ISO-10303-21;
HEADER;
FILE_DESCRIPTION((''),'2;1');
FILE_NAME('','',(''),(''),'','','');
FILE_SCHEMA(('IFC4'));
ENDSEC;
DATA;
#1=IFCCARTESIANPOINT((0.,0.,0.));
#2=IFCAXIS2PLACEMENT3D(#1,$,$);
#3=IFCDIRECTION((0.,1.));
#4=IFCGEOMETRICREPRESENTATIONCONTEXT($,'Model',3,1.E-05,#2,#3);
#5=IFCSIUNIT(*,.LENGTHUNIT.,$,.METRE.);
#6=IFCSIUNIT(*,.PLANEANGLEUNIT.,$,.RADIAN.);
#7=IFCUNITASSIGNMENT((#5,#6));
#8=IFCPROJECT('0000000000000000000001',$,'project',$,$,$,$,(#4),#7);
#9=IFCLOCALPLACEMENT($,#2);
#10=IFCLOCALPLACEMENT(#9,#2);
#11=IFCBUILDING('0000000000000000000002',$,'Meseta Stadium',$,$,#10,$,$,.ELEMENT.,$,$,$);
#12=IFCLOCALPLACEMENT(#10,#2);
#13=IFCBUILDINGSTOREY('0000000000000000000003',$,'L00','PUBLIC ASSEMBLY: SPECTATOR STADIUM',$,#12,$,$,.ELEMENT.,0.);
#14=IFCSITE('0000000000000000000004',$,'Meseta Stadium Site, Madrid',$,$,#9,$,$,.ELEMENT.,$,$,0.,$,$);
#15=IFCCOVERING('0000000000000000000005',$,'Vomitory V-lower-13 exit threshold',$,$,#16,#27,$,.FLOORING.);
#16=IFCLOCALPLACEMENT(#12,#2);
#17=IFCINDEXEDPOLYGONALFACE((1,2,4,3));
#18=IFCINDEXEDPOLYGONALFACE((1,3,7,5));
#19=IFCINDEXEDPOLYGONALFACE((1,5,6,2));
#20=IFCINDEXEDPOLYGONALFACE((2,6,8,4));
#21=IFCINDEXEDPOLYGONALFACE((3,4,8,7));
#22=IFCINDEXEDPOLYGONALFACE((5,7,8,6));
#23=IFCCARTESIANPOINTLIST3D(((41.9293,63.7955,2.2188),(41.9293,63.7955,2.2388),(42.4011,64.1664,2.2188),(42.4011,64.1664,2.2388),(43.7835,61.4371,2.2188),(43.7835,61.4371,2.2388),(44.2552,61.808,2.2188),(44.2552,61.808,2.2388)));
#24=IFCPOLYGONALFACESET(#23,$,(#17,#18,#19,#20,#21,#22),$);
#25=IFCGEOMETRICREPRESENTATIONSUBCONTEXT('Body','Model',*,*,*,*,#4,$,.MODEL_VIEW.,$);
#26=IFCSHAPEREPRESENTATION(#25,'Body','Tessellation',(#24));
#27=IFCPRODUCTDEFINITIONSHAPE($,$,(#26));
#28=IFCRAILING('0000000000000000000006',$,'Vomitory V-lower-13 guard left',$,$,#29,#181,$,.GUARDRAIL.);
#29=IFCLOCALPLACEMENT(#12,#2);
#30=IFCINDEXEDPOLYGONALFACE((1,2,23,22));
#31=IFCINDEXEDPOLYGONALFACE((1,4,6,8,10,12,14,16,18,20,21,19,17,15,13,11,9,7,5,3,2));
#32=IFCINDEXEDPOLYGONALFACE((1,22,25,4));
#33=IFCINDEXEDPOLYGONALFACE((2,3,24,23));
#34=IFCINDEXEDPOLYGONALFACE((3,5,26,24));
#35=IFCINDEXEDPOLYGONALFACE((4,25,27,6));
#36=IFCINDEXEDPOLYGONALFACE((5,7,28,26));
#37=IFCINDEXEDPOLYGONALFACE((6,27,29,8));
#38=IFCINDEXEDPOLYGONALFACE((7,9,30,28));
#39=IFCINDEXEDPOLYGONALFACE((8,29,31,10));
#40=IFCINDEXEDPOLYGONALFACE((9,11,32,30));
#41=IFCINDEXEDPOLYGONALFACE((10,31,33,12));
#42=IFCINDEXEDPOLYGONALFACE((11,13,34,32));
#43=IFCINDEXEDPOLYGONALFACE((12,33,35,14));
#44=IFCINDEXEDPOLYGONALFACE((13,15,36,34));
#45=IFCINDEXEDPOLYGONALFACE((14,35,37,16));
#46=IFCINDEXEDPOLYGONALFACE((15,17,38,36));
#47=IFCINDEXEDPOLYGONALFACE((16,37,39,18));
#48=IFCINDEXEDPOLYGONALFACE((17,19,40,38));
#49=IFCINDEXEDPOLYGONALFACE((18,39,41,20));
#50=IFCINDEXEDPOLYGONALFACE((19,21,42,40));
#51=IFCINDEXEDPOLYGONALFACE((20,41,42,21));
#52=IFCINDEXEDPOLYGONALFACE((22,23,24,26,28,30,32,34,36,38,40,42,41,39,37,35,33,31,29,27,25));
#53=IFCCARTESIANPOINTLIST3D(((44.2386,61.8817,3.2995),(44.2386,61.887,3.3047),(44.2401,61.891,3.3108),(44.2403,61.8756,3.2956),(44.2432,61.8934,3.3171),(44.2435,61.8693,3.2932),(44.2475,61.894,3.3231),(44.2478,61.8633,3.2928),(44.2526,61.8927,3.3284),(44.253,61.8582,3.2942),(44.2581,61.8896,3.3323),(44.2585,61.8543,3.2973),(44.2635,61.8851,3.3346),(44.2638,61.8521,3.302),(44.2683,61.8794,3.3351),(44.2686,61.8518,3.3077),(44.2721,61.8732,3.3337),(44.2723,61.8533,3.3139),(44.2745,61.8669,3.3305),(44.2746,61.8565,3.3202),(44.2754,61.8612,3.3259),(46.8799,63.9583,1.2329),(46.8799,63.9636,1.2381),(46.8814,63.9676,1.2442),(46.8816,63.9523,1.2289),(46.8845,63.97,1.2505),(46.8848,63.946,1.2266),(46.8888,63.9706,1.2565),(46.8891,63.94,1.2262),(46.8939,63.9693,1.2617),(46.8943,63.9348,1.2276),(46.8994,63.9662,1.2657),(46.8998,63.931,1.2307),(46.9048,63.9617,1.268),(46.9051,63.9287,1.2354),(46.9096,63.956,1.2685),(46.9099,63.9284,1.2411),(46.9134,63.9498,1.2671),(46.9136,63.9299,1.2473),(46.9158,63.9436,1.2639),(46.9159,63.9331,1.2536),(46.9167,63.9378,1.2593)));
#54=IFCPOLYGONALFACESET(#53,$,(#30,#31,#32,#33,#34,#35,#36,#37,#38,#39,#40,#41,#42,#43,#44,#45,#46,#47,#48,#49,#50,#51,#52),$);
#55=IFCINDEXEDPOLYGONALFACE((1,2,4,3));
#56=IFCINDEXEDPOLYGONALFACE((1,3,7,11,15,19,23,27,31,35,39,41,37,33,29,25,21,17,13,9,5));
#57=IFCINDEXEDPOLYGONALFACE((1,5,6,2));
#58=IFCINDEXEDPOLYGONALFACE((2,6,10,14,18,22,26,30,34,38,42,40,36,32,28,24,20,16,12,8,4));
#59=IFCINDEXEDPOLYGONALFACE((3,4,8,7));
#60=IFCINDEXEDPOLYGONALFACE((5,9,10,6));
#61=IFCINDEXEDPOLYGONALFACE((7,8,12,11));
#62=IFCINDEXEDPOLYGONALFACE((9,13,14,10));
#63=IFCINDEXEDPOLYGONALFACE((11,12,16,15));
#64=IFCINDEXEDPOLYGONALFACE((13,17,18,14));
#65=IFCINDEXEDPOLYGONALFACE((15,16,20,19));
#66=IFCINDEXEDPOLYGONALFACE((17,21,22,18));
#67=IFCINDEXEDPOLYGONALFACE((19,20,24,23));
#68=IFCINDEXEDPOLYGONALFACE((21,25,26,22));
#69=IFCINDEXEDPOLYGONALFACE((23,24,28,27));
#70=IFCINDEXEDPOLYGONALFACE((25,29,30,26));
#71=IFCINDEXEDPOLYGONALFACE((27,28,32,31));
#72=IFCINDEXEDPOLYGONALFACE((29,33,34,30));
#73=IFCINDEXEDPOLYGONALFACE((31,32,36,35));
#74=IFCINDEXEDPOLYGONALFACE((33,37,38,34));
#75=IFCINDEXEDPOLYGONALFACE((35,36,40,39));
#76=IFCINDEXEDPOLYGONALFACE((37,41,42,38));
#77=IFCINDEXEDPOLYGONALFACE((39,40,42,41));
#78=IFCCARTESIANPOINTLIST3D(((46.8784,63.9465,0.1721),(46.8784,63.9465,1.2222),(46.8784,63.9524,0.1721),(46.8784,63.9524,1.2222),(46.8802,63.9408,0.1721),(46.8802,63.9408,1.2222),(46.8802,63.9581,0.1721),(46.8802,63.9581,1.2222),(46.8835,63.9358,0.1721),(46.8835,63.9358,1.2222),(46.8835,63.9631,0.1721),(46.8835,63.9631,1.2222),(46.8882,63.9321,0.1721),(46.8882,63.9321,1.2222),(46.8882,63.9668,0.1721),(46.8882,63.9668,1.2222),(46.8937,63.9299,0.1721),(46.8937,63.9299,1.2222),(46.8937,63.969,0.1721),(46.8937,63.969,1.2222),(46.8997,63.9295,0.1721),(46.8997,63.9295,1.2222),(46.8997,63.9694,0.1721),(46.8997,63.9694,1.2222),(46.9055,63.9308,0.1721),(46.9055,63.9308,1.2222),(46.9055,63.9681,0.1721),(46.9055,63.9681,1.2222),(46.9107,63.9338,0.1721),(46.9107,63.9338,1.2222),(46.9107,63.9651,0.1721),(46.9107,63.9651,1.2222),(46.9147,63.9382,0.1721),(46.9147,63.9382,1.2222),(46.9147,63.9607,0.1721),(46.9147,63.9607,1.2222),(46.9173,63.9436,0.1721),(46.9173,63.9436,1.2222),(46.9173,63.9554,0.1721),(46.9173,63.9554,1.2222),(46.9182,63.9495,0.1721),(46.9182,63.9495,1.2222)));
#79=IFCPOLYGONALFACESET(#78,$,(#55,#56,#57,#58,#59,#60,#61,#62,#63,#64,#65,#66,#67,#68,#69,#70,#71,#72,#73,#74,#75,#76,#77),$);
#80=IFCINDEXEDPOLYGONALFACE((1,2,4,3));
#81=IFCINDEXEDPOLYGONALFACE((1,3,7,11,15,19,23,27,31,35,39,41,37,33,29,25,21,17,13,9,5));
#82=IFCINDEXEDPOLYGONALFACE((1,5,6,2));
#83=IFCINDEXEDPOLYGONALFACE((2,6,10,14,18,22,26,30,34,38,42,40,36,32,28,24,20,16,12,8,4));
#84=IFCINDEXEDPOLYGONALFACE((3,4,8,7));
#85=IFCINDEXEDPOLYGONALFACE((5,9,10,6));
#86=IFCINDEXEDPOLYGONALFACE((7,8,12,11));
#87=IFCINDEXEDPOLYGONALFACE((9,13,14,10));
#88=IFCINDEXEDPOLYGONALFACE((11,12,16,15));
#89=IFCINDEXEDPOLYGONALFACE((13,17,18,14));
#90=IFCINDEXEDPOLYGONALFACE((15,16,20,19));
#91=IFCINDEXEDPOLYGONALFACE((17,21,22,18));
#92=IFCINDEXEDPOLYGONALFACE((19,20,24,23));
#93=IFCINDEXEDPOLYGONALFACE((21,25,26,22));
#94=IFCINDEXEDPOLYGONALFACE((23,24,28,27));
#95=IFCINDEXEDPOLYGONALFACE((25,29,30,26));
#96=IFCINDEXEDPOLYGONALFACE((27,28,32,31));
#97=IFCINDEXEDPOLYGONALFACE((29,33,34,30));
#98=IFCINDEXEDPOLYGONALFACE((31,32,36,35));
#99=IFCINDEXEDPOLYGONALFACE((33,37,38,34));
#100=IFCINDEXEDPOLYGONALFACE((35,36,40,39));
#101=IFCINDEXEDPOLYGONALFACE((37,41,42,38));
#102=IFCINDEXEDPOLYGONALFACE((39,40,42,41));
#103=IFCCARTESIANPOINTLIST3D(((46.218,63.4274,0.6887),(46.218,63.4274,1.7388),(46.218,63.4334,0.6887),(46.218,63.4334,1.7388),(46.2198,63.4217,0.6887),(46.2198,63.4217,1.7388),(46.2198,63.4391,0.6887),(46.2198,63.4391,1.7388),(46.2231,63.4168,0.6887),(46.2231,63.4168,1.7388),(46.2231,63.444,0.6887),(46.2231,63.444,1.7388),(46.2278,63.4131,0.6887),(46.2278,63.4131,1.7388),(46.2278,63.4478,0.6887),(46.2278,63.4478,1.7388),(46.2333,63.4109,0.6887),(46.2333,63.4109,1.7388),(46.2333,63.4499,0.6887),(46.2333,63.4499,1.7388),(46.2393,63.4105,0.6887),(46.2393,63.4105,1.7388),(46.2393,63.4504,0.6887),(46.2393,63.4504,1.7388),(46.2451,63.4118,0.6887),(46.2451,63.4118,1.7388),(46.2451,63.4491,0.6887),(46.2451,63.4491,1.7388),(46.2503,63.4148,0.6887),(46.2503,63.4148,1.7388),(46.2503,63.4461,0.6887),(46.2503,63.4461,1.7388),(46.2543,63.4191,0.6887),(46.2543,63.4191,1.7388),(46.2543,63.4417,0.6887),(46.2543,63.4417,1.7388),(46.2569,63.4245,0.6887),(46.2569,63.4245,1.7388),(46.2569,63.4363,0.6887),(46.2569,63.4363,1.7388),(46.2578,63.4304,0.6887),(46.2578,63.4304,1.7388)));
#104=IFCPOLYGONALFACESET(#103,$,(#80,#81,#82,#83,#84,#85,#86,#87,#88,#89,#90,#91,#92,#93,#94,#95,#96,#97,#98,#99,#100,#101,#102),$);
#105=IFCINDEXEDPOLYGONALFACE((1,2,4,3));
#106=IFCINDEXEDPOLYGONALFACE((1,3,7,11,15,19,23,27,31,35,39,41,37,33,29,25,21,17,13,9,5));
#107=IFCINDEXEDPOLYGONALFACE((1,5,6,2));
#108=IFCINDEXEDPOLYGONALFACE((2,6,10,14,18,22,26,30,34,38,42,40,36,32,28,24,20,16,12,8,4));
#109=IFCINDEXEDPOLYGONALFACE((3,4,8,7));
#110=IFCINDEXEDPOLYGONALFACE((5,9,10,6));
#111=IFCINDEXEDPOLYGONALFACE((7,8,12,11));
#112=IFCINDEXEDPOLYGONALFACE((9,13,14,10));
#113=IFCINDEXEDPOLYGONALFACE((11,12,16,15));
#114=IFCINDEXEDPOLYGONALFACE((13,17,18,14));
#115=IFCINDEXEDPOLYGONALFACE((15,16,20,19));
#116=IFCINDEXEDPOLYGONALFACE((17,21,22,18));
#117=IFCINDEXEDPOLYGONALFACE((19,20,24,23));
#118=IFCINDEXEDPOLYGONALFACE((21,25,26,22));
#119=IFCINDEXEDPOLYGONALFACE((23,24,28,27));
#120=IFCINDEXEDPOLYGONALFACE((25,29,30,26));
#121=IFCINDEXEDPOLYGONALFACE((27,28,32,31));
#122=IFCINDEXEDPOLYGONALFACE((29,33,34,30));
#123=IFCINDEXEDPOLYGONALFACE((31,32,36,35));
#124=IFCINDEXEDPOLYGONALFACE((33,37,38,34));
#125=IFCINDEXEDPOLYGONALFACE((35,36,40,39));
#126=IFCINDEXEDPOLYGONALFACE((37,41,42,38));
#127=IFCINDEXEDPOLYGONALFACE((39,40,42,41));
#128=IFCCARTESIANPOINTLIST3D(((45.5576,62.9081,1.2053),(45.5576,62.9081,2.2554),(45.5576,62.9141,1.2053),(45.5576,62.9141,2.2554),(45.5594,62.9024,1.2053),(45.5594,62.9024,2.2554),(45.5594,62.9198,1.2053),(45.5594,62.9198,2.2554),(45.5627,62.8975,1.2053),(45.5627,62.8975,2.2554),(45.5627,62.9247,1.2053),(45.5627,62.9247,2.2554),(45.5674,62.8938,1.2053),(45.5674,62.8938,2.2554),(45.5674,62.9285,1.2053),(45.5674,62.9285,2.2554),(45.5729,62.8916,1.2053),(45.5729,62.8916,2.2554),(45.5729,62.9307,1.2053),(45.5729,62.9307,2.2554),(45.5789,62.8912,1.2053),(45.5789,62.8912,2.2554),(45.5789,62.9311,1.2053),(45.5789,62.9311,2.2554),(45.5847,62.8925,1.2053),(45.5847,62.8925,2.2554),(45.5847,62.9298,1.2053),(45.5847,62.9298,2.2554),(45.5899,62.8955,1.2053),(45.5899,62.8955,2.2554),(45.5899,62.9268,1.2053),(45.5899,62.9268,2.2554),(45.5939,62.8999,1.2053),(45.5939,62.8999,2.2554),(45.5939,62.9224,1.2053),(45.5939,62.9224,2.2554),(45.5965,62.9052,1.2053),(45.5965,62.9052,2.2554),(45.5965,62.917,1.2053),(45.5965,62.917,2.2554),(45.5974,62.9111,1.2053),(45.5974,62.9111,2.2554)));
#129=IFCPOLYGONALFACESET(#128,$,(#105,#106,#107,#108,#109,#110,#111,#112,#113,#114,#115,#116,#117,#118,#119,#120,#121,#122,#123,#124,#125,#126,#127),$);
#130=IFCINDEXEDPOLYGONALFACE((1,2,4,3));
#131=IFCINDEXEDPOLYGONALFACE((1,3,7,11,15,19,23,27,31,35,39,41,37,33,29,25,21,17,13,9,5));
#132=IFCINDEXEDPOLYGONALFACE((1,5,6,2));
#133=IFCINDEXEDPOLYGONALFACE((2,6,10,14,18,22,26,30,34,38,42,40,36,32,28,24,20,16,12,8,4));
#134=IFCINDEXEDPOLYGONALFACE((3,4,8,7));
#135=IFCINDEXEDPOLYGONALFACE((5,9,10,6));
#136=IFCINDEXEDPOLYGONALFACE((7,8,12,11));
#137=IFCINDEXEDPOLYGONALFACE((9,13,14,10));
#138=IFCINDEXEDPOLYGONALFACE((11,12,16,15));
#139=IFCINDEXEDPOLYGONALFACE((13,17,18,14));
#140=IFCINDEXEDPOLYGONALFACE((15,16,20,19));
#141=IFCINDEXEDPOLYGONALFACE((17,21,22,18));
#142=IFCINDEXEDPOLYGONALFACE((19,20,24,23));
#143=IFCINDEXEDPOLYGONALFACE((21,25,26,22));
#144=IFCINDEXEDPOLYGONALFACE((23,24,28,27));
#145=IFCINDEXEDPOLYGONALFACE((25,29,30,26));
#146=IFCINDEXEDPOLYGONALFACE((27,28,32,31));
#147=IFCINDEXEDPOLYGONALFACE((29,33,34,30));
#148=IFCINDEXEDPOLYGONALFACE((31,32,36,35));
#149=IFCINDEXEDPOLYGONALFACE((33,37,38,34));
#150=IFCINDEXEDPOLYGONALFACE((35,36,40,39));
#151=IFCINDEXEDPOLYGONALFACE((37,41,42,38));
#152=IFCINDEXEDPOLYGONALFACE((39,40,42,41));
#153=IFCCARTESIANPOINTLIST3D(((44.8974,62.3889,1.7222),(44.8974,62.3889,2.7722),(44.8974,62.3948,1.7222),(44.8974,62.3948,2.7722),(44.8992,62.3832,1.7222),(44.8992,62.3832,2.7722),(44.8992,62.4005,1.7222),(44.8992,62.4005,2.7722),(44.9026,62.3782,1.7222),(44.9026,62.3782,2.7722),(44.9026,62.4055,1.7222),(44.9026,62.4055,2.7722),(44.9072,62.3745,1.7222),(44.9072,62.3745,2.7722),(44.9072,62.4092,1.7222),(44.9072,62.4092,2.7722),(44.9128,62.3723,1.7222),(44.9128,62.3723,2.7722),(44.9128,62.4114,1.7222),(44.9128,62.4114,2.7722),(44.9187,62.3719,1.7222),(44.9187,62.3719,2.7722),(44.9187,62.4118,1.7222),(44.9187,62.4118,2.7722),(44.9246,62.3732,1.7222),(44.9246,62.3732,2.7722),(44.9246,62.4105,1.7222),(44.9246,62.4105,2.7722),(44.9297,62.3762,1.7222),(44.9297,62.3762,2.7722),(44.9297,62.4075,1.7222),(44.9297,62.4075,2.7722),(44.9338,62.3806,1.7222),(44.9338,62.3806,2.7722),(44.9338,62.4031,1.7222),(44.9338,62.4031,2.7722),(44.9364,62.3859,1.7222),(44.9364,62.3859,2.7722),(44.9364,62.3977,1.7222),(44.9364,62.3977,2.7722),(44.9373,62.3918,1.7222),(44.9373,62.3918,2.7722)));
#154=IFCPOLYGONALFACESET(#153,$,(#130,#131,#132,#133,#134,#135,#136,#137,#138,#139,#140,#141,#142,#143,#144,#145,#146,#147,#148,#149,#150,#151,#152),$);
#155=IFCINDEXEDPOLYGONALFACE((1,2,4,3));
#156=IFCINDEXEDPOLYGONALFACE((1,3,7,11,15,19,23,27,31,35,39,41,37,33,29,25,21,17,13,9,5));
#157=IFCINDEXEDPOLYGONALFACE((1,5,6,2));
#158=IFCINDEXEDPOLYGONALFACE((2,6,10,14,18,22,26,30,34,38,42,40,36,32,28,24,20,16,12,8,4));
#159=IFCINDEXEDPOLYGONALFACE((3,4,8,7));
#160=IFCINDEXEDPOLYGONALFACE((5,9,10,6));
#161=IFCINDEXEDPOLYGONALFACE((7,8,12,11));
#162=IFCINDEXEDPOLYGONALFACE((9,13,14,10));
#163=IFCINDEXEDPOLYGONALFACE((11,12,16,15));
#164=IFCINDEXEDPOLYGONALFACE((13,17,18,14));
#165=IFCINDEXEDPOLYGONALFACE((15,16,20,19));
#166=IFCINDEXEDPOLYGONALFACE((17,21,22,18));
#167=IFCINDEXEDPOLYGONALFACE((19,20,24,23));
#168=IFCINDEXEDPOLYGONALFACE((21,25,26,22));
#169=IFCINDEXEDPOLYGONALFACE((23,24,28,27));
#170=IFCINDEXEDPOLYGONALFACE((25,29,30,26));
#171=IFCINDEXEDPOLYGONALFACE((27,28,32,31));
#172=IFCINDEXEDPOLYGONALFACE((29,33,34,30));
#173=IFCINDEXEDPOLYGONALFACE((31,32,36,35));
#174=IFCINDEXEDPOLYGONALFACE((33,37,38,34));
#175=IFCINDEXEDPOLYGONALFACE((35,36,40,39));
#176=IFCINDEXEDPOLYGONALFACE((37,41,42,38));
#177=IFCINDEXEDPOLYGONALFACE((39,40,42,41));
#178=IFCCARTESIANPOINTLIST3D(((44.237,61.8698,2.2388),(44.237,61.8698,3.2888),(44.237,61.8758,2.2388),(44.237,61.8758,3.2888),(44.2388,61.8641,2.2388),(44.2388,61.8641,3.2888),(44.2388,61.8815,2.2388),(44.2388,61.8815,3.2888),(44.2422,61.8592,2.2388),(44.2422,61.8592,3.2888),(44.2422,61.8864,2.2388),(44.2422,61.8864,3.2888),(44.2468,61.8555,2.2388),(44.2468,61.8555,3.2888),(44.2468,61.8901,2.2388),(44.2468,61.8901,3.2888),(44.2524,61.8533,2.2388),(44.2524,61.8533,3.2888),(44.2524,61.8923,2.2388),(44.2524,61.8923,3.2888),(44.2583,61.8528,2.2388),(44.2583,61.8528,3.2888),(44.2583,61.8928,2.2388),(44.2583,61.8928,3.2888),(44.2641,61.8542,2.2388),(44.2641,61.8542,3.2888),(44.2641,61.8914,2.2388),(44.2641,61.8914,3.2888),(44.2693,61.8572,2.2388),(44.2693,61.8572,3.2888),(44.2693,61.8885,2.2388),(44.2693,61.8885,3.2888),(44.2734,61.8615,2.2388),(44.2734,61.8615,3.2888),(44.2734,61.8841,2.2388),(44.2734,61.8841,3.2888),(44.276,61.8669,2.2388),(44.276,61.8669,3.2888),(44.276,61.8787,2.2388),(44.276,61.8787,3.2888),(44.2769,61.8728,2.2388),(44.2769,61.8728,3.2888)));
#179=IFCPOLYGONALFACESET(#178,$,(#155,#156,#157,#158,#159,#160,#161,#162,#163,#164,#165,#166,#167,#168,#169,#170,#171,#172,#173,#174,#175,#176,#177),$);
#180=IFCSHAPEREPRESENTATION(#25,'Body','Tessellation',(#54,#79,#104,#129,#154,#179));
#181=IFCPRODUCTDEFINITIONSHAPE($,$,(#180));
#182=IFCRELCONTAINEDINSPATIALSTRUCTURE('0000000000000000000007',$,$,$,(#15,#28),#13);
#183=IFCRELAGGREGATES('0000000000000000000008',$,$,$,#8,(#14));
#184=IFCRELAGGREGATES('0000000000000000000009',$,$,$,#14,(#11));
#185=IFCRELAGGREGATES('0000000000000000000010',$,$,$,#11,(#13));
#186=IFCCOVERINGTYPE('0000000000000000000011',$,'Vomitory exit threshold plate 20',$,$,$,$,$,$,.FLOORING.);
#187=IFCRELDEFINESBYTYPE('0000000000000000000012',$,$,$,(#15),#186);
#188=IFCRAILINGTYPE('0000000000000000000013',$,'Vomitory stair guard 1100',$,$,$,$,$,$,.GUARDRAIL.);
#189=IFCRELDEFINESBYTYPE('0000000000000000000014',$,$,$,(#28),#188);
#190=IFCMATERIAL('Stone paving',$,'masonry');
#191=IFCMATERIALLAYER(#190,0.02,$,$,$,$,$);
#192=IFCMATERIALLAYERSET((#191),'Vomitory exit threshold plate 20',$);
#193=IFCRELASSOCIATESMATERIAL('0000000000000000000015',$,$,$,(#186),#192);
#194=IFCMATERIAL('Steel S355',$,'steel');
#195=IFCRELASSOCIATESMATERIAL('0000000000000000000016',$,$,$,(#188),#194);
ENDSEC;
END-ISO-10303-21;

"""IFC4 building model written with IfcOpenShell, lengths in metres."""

from ifc_helpers import new_model, si_unit, direction, frame, origin, origin_2d, place, context, subcontext, project, spatial, rectangle, circle, extrude, material, layer, layer_set, type_object, element, save


model = new_model("IFC4")

# Units and contexts
model_context = context("Model", 3, precision=1e-05, world=origin(), true_north=direction((0.0, 1.0)))
body_context = subcontext(model_context, "Body", "Model", "MODEL_VIEW")
ifc_project = project(units=[si_unit("LENGTHUNIT", "METRE"), si_unit("PLANEANGLEUNIT", "RADIAN")], contexts=[model_context])

# Site, building, storey
site_placement = place(None, origin())
site = spatial("IfcSite", under=ifc_project, at=site_placement, Name="Meseta Stadium Site, Madrid", CompositionType="ELEMENT", RefElevation=0.0)
building_placement = place(site_placement, origin())
building = spatial("IfcBuilding", under=site, at=building_placement, Name="Meseta Stadium", CompositionType="ELEMENT")
storey_placement = place(building_placement, origin())
storey = spatial("IfcBuildingStorey", under=building, at=storey_placement, Name="L00", Description="PUBLIC ASSEMBLY: SPECTATOR STADIUM", CompositionType="ELEMENT", Elevation=0.0)

# Covering
ifc_material_1 = material(Name="Stone paving", Category="masonry")
ifc_layer_1 = layer(ifc_material_1, 0.02)
ifc_layer_set_1 = layer_set([ifc_layer_1], Name="Vomitory exit threshold plate 20")
covering_type = type_object("IfcCoveringType", Name="Vomitory exit threshold plate 20", PredefinedType="FLOORING", material=ifc_layer_set_1)
for number, where, z_axis, x_axis, name in (
    (1, (43.0923, 62.8018, 2.2188), (0.0, 0.0, 1.0), (-0.786142, -0.618046, 0.0), "Vomitory V-lower-13 exit threshold"),
):
    element("IfcCovering", number, at=place(storey_placement, frame(where, z_axis=z_axis, x_axis=x_axis)), inside=storey, type_object=covering_type, Name=name, PredefinedType="FLOORING", context=body_context, shape_type="SweptSolid", body=[
        extrude(rectangle(XDim=0.6001, YDim=3.0, at=origin_2d()), origin(), (0.0, 0.0, 1.0), 0.02),
    ])

# Railing
ifc_material_2 = material(Name="Steel S355", Category="steel")
railing_type_1 = type_object("IfcRailingType", Name="Vomitory stair guard 1100", PredefinedType="GUARDRAIL", material=ifc_material_2)
railing_1_placement = place(storey_placement, frame((46.8982, 63.9495, 0.1721)))
element("IfcRailing", 2, at=railing_1_placement, inside=storey, type_object=railing_type_1, Name="Vomitory V-lower-13 guard left", PredefinedType="GUARDRAIL", context=body_context, shape_type="SweptSolid", body=[
    extrude(circle(Radius=0.0249, at=origin_2d()), frame((0.0, 0.0, 1.0752), z_axis=(-0.669604, -0.526449, 0.523911), x_axis=(0.618062, -0.786129, 0.0)), (0.0, 0.0, 1.0), 3.9446),
    extrude(circle(Radius=0.02, at=origin_2d()), origin(), (0.0, 0.0, 1.0), 1.05),
    extrude(circle(Radius=0.02, at=origin_2d()), frame((-0.6604, -0.519, 0.5166)), (0.0, 0.0, 1.0), 1.05),
    extrude(circle(Radius=0.02, at=origin_2d()), frame((-1.3208, -1.0383, 1.0332)), (0.0, 0.0, 1.0), 1.05),
    extrude(circle(Radius=0.02, at=origin_2d()), frame((-1.981, -1.5576, 1.55)), (0.0, 0.0, 1.0), 1.05),
    extrude(circle(Radius=0.02, at=origin_2d()), frame((-2.6414, -2.0767, 2.0667)), (0.0, 0.0, 1.0), 1.05),
])

save(model, "model.ifc")
